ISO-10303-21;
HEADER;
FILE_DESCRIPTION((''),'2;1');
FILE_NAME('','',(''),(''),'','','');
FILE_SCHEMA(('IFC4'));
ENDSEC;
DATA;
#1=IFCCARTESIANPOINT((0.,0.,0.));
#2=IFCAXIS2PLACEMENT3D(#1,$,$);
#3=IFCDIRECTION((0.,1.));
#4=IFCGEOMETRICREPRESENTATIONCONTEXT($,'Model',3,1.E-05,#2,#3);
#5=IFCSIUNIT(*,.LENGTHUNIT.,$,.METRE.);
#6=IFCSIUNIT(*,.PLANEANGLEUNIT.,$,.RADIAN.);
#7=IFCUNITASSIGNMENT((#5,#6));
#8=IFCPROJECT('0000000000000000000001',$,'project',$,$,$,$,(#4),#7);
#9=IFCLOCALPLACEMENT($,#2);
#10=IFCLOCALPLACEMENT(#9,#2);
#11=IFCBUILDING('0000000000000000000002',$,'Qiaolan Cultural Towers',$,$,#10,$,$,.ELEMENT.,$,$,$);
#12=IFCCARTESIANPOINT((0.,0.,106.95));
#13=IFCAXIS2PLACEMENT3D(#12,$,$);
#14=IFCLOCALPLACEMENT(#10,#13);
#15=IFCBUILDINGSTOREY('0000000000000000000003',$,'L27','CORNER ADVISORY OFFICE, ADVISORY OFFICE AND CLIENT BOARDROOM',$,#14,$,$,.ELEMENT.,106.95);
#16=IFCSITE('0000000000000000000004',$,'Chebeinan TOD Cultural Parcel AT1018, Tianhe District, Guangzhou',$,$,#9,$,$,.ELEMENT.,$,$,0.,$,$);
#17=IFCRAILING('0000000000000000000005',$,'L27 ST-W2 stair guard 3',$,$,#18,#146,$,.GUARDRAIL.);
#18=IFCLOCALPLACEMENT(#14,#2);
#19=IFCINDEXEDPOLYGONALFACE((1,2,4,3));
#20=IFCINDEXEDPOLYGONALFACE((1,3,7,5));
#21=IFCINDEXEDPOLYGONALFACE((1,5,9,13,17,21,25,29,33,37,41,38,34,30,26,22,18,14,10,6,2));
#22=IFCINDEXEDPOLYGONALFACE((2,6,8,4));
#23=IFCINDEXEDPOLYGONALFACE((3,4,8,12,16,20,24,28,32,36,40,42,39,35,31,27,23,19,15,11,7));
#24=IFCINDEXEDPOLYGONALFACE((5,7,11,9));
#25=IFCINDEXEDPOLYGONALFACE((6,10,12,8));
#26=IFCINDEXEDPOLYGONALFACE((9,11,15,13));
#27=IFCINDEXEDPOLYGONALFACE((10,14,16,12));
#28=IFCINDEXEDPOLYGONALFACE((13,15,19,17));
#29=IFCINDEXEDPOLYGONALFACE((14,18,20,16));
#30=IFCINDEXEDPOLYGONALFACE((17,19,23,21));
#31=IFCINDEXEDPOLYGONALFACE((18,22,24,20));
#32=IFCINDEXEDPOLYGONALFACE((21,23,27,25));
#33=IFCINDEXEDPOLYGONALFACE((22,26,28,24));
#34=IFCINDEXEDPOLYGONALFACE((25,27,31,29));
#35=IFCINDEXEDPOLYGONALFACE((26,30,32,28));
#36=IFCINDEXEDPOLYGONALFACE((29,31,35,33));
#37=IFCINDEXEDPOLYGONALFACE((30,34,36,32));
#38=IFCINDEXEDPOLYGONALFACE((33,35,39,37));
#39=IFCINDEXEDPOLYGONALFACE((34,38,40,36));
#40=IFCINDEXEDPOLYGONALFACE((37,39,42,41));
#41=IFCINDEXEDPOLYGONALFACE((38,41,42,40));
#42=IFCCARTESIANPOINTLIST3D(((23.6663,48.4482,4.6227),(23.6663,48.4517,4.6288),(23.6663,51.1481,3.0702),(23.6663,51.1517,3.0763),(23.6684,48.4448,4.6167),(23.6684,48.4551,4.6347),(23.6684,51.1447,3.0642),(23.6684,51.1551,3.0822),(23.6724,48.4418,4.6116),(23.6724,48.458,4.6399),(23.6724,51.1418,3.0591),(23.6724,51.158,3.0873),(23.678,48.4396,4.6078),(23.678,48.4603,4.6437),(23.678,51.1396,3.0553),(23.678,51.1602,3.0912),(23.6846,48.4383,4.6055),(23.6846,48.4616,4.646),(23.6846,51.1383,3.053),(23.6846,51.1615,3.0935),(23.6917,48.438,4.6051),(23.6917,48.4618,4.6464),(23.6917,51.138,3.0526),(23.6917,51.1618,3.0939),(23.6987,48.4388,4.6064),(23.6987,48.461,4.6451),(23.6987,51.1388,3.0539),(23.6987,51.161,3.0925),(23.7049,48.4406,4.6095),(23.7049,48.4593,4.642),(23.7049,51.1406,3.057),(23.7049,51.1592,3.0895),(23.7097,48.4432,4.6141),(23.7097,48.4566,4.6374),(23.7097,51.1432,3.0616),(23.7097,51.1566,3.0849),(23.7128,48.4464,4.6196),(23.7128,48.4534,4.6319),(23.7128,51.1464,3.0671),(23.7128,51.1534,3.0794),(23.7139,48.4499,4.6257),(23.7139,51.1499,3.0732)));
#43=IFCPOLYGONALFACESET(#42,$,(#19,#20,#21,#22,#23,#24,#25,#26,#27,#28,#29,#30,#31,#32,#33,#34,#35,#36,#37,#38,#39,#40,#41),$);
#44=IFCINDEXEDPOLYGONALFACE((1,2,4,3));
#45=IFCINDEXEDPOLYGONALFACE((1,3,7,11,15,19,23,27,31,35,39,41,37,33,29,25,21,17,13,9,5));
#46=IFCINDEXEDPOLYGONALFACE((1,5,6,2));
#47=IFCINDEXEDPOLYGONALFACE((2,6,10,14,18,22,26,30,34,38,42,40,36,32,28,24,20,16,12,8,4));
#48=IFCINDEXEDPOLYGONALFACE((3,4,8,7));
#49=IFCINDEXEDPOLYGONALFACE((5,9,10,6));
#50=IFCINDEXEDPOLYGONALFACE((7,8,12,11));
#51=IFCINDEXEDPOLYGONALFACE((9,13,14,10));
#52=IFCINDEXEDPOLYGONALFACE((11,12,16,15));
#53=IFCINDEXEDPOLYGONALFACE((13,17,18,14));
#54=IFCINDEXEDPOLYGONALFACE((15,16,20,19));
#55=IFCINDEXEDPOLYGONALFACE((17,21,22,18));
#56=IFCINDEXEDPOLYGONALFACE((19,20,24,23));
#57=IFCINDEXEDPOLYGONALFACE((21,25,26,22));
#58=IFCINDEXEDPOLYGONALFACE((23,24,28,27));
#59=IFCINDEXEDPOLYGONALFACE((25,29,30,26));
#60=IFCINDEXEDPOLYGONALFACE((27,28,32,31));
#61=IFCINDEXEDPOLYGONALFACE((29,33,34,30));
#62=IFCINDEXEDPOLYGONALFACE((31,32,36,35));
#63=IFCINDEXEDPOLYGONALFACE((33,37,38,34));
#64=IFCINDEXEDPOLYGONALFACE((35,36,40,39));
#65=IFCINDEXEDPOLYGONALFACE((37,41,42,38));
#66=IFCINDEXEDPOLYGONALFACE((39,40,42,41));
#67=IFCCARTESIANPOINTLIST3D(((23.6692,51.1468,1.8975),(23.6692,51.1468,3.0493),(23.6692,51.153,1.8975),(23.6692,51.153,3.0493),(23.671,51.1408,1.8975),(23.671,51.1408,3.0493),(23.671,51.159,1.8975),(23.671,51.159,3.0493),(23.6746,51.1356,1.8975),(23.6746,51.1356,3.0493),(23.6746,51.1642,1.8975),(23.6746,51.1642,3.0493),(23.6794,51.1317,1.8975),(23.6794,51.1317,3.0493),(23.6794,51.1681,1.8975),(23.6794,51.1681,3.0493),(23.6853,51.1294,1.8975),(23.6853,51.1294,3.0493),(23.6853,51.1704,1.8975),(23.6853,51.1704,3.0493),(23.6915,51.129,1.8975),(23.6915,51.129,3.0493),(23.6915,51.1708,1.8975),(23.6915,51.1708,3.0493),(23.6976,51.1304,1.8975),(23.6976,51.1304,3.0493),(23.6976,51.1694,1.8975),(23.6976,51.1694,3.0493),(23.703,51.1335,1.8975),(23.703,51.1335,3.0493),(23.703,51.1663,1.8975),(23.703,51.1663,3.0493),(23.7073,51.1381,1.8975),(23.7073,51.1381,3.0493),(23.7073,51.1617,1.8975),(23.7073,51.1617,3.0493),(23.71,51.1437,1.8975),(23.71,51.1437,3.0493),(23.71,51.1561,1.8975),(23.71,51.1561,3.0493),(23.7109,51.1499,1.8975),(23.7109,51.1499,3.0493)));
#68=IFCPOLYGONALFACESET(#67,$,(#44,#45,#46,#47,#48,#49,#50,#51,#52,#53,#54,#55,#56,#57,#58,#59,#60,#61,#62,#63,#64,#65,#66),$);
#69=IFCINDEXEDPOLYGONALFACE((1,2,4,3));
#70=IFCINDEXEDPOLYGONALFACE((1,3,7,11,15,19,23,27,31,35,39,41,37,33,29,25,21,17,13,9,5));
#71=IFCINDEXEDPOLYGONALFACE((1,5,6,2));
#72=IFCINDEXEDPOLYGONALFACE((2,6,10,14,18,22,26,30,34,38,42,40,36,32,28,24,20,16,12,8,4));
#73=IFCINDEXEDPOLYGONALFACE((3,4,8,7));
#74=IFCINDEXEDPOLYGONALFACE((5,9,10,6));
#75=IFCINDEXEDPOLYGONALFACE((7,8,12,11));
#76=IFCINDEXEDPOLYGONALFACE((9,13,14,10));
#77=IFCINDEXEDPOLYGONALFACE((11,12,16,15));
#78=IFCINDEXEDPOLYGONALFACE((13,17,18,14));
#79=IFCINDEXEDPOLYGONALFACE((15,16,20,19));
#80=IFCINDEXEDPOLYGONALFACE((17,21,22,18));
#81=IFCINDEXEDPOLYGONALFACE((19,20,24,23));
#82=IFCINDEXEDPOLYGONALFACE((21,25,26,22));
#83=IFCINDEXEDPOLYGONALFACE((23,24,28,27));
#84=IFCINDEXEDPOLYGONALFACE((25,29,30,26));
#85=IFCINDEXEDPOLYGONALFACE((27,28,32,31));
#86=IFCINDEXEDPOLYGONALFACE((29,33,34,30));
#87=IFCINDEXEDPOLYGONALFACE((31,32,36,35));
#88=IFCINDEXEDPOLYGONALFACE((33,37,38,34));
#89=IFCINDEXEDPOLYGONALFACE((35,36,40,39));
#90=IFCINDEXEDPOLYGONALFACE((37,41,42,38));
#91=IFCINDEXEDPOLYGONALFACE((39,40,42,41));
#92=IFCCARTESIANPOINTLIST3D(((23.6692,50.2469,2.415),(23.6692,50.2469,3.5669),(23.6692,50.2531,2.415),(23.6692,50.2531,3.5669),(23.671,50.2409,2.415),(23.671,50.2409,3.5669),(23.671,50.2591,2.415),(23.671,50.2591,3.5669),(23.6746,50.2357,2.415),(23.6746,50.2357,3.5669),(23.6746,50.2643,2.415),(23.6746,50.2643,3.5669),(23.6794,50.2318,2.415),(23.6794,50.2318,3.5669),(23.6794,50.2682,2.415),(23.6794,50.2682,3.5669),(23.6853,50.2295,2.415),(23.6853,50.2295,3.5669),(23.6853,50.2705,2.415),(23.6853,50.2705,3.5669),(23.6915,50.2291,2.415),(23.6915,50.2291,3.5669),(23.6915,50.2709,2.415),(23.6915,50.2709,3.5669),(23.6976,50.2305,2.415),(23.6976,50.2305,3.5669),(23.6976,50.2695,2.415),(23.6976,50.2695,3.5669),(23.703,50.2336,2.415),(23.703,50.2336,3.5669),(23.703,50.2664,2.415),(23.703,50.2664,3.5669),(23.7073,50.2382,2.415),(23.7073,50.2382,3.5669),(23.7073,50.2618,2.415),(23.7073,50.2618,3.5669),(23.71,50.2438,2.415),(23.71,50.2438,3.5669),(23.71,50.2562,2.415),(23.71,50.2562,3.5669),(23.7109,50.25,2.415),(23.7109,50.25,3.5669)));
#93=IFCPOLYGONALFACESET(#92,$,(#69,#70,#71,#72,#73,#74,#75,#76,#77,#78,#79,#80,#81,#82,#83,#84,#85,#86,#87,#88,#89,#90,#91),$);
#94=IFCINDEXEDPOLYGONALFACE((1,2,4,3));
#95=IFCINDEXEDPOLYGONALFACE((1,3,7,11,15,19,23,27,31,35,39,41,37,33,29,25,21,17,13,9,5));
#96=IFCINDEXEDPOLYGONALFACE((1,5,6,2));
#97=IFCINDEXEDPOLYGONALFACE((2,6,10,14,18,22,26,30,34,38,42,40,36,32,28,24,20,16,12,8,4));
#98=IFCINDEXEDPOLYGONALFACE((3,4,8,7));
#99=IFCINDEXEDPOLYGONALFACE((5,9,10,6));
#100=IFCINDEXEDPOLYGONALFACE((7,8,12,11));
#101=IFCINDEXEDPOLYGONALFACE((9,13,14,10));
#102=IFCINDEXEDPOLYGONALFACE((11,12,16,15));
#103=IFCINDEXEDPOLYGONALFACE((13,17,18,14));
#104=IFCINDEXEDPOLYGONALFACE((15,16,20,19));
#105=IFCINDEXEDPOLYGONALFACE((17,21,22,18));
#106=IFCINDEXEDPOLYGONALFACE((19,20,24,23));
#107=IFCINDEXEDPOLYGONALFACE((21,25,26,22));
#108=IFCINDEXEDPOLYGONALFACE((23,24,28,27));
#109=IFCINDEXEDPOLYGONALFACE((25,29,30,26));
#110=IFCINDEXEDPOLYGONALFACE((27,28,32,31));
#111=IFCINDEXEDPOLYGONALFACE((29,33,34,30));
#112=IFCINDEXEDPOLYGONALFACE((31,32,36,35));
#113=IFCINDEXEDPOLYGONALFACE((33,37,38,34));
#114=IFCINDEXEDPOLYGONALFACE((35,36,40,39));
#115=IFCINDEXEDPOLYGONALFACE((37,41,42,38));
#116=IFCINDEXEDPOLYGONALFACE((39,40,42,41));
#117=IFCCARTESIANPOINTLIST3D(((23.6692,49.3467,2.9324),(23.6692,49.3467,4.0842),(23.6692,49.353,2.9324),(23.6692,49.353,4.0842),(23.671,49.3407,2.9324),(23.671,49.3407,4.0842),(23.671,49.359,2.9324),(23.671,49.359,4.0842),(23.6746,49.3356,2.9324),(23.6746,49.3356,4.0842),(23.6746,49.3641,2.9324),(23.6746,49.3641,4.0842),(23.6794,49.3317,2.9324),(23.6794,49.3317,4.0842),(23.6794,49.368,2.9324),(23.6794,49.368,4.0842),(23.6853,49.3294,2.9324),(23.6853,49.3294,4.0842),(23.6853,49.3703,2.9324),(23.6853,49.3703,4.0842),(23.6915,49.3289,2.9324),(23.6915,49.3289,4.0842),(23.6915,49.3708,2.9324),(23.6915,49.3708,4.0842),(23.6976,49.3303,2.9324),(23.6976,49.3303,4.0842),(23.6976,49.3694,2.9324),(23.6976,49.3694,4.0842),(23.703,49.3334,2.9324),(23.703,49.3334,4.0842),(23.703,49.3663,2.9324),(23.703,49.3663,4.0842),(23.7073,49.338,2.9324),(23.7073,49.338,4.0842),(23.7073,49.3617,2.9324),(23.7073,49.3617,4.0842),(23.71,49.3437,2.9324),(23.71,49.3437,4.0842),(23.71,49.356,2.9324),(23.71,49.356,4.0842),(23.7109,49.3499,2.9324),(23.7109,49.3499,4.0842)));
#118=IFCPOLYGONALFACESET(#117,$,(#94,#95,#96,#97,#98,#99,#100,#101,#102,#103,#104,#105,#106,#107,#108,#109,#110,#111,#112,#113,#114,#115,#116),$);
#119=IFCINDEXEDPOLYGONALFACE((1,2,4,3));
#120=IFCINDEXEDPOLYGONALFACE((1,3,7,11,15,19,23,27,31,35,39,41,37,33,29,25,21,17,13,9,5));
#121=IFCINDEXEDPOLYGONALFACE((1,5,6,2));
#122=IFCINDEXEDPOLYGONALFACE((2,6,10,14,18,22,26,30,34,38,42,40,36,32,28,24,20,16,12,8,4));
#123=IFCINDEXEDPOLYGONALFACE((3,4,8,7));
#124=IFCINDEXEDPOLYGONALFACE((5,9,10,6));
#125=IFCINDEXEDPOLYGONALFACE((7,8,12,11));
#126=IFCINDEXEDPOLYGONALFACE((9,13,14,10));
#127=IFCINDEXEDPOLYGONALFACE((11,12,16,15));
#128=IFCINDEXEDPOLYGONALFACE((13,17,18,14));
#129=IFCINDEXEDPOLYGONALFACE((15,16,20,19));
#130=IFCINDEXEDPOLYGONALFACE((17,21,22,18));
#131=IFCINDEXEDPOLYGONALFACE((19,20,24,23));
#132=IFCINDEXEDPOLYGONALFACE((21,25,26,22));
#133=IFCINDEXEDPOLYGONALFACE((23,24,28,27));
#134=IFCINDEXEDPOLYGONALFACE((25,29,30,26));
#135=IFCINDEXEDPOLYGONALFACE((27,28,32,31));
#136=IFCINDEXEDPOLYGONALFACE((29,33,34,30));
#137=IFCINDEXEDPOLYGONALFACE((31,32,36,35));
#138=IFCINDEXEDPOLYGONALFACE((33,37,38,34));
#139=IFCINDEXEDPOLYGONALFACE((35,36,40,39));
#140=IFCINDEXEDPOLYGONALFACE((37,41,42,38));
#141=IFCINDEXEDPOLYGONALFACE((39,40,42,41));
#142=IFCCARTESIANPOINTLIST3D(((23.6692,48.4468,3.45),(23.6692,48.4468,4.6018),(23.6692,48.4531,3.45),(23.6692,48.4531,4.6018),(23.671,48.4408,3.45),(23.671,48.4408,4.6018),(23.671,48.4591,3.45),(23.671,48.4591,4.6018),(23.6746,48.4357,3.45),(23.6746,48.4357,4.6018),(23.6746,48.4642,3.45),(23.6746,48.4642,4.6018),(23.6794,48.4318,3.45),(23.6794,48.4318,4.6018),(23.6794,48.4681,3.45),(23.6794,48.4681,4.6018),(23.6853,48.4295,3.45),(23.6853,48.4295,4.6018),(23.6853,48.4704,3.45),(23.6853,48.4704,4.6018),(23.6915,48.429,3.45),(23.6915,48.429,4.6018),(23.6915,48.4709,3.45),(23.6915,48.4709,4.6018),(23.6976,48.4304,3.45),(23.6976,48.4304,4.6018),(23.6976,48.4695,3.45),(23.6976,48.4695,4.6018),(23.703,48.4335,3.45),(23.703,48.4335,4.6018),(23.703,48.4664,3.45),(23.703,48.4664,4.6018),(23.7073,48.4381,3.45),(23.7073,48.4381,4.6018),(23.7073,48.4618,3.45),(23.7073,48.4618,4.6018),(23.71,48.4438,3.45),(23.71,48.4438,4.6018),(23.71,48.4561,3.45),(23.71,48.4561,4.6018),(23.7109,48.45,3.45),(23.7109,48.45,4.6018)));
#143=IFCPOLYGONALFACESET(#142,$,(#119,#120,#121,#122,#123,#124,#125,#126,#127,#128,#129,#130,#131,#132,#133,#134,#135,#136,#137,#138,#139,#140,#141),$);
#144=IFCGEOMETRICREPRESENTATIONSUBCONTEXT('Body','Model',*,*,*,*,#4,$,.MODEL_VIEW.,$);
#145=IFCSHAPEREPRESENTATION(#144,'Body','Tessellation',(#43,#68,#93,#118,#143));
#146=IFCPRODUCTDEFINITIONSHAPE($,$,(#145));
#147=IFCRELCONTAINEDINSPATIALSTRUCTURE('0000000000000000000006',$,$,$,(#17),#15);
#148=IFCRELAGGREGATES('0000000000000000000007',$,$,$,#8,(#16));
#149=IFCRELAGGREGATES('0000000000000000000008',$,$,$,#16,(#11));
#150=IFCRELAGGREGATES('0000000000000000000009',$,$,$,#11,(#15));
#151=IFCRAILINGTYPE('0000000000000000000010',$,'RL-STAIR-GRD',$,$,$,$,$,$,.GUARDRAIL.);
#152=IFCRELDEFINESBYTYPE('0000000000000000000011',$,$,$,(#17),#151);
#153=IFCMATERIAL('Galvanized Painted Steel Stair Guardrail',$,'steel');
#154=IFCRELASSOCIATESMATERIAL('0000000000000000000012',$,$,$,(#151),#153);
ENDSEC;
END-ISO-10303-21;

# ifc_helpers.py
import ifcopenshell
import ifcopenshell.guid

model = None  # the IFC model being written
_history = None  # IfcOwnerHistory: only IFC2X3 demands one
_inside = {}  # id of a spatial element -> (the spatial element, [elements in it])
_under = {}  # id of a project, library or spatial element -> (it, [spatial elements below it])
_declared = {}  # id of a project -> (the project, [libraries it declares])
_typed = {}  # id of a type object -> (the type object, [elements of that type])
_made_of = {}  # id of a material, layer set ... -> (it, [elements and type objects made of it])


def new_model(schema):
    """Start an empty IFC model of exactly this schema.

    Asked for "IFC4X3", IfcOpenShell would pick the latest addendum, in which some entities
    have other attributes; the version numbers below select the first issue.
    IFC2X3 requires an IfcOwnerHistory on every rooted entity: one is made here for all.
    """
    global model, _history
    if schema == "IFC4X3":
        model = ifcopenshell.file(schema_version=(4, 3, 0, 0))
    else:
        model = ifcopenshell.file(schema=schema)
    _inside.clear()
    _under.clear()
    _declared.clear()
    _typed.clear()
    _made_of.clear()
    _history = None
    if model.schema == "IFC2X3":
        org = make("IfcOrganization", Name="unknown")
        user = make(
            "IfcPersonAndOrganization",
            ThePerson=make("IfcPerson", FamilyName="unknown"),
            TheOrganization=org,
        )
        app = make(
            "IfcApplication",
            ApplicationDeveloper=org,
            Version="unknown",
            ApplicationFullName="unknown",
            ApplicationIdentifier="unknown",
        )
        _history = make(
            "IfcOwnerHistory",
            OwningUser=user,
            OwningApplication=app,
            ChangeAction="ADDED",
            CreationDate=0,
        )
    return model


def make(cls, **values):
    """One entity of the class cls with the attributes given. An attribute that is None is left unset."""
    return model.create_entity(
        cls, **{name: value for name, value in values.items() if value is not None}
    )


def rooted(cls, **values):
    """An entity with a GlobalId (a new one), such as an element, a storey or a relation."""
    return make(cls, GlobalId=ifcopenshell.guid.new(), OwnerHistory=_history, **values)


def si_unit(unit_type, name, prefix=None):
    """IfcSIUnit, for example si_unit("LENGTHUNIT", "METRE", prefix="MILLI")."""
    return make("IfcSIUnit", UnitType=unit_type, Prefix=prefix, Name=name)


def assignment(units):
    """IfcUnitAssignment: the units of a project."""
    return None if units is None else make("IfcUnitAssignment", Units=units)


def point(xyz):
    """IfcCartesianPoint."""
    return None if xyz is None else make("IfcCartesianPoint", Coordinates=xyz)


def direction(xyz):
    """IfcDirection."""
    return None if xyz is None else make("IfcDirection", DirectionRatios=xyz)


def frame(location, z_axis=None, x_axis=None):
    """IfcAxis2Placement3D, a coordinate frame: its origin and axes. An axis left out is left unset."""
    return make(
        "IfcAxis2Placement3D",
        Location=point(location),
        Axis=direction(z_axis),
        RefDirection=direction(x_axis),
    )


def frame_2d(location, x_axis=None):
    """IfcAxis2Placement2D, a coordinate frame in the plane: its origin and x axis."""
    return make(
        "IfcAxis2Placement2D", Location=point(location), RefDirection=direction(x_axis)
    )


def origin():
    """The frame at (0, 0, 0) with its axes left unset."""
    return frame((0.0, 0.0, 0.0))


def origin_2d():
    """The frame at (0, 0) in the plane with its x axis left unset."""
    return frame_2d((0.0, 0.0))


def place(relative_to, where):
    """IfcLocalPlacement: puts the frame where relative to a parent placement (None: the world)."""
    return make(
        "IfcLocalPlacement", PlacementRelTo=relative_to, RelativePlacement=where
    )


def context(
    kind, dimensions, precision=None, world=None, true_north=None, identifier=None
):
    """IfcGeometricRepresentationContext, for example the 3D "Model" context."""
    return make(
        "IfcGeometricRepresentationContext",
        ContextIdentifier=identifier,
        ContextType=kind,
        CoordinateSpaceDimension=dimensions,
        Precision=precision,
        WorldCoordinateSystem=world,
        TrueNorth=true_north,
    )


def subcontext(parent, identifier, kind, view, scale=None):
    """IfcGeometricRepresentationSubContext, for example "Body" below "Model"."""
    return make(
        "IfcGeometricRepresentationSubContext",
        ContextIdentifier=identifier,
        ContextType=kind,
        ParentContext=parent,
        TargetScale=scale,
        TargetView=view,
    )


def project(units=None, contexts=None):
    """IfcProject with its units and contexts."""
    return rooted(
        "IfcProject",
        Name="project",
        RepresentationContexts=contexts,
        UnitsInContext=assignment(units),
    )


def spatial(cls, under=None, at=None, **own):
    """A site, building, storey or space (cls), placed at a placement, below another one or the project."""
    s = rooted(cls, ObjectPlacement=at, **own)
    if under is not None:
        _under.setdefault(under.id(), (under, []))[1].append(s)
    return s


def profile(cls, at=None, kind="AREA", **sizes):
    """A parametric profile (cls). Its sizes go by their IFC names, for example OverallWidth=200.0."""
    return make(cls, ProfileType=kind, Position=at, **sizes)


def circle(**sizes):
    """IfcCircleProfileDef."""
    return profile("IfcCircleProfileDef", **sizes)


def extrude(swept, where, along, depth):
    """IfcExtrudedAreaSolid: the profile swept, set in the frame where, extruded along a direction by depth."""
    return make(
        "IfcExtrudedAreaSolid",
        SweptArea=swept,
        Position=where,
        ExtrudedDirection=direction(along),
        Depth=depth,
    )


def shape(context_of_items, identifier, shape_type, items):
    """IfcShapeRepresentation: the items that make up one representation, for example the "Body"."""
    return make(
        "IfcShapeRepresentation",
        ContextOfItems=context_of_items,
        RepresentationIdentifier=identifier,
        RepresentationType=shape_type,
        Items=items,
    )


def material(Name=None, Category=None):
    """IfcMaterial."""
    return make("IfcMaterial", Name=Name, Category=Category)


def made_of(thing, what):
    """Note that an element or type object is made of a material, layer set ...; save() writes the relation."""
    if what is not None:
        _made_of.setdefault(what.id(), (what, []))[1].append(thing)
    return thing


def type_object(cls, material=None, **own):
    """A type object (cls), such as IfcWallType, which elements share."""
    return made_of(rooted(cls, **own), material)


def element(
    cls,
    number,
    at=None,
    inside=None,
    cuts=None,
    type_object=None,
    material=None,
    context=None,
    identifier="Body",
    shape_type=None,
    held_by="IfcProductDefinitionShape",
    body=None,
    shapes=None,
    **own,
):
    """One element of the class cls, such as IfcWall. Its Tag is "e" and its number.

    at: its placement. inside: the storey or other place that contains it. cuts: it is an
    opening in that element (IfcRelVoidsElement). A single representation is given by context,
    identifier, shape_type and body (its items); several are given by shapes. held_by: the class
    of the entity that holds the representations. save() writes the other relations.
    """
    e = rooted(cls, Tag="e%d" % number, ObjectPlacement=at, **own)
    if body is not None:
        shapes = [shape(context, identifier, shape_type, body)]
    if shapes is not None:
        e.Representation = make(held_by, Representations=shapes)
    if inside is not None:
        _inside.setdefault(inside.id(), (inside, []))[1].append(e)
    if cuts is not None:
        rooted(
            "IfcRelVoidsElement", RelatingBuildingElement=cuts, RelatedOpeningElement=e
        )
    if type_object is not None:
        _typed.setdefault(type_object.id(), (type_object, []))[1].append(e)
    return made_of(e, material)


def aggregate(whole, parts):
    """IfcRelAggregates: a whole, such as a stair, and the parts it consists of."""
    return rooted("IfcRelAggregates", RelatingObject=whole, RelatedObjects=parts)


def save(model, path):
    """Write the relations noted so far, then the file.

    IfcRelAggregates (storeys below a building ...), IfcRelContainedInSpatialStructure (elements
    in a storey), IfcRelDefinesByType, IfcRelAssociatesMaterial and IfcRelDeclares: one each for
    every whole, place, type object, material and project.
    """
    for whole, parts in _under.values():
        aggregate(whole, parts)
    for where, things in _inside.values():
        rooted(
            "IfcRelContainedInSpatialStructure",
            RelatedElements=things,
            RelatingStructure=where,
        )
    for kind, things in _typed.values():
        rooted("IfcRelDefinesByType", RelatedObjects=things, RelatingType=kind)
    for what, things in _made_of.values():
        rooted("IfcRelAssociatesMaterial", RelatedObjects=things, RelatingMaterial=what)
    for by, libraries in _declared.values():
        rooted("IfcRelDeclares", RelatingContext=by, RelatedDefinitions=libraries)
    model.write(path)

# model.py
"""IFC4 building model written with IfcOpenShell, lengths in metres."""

from ifc_helpers import new_model, si_unit, direction, frame, origin, origin_2d, place, context, subcontext, project, spatial, circle, extrude, material, type_object, element, save


model = new_model("IFC4")

# Units and contexts
model_context = context("Model", 3, precision=1e-05, world=origin(), true_north=direction((0.0, 1.0)))
body_context = subcontext(model_context, "Body", "Model", "MODEL_VIEW")
ifc_project = project(units=[si_unit("LENGTHUNIT", "METRE"), si_unit("PLANEANGLEUNIT", "RADIAN")], contexts=[model_context])

# Site, building, storey
site_placement = place(None, origin())
site = spatial("IfcSite", under=ifc_project, at=site_placement, Name="Chebeinan TOD Cultural Parcel AT1018, Tianhe District, Guangzhou", CompositionType="ELEMENT", RefElevation=0.0)
building_placement = place(site_placement, origin())
building = spatial("IfcBuilding", under=site, at=building_placement, Name="Qiaolan Cultural Towers", CompositionType="ELEMENT")
storey_placement = place(building_placement, frame((0.0, 0.0, 106.95)))
storey = spatial("IfcBuildingStorey", under=building, at=storey_placement, Name="L27", Description="CORNER ADVISORY OFFICE, ADVISORY OFFICE AND CLIENT BOARDROOM", CompositionType="ELEMENT", Elevation=106.95)

# Railing
ifc_material_1 = material(Name="Galvanized Painted Steel Stair Guardrail", Category="steel")
railing_type_1 = type_object("IfcRailingType", Name="RL-STAIR-GRD", PredefinedType="GUARDRAIL", material=ifc_material_1)
railing_1_placement = place(storey_placement, frame((23.6899, 51.1499, 1.8975)))
element("IfcRailing", 1, at=railing_1_placement, inside=storey, type_object=railing_type_1, Name="L27 ST-W2 stair guard 3", PredefinedType="GUARDRAIL", context=body_context, shape_type="SweptSolid", body=[
    extrude(circle(Radius=0.0239, at=origin_2d()), frame((0.0, 0.0, 1.1758), z_axis=(0.0, -0.866904, 0.498476), x_axis=(1.0, 0.0, 0.0)), (0.0, 0.0, 1.0), 3.1145),
    extrude(circle(Radius=0.021, at=origin_2d()), origin(), (0.0, 0.0, 1.0), 1.1519),
    extrude(circle(Radius=0.021, at=origin_2d()), frame((0.0, -0.8999, 0.5176)), (0.0, 0.0, 1.0), 1.1519),
    extrude(circle(Radius=0.021, at=origin_2d()), frame((0.0, -1.8, 1.0349)), (0.0, 0.0, 1.0), 1.1519),
    extrude(circle(Radius=0.021, at=origin_2d()), frame((0.0, -2.7, 1.5525)), (0.0, 0.0, 1.0), 1.1519),
])

save(model, "model.ifc")
